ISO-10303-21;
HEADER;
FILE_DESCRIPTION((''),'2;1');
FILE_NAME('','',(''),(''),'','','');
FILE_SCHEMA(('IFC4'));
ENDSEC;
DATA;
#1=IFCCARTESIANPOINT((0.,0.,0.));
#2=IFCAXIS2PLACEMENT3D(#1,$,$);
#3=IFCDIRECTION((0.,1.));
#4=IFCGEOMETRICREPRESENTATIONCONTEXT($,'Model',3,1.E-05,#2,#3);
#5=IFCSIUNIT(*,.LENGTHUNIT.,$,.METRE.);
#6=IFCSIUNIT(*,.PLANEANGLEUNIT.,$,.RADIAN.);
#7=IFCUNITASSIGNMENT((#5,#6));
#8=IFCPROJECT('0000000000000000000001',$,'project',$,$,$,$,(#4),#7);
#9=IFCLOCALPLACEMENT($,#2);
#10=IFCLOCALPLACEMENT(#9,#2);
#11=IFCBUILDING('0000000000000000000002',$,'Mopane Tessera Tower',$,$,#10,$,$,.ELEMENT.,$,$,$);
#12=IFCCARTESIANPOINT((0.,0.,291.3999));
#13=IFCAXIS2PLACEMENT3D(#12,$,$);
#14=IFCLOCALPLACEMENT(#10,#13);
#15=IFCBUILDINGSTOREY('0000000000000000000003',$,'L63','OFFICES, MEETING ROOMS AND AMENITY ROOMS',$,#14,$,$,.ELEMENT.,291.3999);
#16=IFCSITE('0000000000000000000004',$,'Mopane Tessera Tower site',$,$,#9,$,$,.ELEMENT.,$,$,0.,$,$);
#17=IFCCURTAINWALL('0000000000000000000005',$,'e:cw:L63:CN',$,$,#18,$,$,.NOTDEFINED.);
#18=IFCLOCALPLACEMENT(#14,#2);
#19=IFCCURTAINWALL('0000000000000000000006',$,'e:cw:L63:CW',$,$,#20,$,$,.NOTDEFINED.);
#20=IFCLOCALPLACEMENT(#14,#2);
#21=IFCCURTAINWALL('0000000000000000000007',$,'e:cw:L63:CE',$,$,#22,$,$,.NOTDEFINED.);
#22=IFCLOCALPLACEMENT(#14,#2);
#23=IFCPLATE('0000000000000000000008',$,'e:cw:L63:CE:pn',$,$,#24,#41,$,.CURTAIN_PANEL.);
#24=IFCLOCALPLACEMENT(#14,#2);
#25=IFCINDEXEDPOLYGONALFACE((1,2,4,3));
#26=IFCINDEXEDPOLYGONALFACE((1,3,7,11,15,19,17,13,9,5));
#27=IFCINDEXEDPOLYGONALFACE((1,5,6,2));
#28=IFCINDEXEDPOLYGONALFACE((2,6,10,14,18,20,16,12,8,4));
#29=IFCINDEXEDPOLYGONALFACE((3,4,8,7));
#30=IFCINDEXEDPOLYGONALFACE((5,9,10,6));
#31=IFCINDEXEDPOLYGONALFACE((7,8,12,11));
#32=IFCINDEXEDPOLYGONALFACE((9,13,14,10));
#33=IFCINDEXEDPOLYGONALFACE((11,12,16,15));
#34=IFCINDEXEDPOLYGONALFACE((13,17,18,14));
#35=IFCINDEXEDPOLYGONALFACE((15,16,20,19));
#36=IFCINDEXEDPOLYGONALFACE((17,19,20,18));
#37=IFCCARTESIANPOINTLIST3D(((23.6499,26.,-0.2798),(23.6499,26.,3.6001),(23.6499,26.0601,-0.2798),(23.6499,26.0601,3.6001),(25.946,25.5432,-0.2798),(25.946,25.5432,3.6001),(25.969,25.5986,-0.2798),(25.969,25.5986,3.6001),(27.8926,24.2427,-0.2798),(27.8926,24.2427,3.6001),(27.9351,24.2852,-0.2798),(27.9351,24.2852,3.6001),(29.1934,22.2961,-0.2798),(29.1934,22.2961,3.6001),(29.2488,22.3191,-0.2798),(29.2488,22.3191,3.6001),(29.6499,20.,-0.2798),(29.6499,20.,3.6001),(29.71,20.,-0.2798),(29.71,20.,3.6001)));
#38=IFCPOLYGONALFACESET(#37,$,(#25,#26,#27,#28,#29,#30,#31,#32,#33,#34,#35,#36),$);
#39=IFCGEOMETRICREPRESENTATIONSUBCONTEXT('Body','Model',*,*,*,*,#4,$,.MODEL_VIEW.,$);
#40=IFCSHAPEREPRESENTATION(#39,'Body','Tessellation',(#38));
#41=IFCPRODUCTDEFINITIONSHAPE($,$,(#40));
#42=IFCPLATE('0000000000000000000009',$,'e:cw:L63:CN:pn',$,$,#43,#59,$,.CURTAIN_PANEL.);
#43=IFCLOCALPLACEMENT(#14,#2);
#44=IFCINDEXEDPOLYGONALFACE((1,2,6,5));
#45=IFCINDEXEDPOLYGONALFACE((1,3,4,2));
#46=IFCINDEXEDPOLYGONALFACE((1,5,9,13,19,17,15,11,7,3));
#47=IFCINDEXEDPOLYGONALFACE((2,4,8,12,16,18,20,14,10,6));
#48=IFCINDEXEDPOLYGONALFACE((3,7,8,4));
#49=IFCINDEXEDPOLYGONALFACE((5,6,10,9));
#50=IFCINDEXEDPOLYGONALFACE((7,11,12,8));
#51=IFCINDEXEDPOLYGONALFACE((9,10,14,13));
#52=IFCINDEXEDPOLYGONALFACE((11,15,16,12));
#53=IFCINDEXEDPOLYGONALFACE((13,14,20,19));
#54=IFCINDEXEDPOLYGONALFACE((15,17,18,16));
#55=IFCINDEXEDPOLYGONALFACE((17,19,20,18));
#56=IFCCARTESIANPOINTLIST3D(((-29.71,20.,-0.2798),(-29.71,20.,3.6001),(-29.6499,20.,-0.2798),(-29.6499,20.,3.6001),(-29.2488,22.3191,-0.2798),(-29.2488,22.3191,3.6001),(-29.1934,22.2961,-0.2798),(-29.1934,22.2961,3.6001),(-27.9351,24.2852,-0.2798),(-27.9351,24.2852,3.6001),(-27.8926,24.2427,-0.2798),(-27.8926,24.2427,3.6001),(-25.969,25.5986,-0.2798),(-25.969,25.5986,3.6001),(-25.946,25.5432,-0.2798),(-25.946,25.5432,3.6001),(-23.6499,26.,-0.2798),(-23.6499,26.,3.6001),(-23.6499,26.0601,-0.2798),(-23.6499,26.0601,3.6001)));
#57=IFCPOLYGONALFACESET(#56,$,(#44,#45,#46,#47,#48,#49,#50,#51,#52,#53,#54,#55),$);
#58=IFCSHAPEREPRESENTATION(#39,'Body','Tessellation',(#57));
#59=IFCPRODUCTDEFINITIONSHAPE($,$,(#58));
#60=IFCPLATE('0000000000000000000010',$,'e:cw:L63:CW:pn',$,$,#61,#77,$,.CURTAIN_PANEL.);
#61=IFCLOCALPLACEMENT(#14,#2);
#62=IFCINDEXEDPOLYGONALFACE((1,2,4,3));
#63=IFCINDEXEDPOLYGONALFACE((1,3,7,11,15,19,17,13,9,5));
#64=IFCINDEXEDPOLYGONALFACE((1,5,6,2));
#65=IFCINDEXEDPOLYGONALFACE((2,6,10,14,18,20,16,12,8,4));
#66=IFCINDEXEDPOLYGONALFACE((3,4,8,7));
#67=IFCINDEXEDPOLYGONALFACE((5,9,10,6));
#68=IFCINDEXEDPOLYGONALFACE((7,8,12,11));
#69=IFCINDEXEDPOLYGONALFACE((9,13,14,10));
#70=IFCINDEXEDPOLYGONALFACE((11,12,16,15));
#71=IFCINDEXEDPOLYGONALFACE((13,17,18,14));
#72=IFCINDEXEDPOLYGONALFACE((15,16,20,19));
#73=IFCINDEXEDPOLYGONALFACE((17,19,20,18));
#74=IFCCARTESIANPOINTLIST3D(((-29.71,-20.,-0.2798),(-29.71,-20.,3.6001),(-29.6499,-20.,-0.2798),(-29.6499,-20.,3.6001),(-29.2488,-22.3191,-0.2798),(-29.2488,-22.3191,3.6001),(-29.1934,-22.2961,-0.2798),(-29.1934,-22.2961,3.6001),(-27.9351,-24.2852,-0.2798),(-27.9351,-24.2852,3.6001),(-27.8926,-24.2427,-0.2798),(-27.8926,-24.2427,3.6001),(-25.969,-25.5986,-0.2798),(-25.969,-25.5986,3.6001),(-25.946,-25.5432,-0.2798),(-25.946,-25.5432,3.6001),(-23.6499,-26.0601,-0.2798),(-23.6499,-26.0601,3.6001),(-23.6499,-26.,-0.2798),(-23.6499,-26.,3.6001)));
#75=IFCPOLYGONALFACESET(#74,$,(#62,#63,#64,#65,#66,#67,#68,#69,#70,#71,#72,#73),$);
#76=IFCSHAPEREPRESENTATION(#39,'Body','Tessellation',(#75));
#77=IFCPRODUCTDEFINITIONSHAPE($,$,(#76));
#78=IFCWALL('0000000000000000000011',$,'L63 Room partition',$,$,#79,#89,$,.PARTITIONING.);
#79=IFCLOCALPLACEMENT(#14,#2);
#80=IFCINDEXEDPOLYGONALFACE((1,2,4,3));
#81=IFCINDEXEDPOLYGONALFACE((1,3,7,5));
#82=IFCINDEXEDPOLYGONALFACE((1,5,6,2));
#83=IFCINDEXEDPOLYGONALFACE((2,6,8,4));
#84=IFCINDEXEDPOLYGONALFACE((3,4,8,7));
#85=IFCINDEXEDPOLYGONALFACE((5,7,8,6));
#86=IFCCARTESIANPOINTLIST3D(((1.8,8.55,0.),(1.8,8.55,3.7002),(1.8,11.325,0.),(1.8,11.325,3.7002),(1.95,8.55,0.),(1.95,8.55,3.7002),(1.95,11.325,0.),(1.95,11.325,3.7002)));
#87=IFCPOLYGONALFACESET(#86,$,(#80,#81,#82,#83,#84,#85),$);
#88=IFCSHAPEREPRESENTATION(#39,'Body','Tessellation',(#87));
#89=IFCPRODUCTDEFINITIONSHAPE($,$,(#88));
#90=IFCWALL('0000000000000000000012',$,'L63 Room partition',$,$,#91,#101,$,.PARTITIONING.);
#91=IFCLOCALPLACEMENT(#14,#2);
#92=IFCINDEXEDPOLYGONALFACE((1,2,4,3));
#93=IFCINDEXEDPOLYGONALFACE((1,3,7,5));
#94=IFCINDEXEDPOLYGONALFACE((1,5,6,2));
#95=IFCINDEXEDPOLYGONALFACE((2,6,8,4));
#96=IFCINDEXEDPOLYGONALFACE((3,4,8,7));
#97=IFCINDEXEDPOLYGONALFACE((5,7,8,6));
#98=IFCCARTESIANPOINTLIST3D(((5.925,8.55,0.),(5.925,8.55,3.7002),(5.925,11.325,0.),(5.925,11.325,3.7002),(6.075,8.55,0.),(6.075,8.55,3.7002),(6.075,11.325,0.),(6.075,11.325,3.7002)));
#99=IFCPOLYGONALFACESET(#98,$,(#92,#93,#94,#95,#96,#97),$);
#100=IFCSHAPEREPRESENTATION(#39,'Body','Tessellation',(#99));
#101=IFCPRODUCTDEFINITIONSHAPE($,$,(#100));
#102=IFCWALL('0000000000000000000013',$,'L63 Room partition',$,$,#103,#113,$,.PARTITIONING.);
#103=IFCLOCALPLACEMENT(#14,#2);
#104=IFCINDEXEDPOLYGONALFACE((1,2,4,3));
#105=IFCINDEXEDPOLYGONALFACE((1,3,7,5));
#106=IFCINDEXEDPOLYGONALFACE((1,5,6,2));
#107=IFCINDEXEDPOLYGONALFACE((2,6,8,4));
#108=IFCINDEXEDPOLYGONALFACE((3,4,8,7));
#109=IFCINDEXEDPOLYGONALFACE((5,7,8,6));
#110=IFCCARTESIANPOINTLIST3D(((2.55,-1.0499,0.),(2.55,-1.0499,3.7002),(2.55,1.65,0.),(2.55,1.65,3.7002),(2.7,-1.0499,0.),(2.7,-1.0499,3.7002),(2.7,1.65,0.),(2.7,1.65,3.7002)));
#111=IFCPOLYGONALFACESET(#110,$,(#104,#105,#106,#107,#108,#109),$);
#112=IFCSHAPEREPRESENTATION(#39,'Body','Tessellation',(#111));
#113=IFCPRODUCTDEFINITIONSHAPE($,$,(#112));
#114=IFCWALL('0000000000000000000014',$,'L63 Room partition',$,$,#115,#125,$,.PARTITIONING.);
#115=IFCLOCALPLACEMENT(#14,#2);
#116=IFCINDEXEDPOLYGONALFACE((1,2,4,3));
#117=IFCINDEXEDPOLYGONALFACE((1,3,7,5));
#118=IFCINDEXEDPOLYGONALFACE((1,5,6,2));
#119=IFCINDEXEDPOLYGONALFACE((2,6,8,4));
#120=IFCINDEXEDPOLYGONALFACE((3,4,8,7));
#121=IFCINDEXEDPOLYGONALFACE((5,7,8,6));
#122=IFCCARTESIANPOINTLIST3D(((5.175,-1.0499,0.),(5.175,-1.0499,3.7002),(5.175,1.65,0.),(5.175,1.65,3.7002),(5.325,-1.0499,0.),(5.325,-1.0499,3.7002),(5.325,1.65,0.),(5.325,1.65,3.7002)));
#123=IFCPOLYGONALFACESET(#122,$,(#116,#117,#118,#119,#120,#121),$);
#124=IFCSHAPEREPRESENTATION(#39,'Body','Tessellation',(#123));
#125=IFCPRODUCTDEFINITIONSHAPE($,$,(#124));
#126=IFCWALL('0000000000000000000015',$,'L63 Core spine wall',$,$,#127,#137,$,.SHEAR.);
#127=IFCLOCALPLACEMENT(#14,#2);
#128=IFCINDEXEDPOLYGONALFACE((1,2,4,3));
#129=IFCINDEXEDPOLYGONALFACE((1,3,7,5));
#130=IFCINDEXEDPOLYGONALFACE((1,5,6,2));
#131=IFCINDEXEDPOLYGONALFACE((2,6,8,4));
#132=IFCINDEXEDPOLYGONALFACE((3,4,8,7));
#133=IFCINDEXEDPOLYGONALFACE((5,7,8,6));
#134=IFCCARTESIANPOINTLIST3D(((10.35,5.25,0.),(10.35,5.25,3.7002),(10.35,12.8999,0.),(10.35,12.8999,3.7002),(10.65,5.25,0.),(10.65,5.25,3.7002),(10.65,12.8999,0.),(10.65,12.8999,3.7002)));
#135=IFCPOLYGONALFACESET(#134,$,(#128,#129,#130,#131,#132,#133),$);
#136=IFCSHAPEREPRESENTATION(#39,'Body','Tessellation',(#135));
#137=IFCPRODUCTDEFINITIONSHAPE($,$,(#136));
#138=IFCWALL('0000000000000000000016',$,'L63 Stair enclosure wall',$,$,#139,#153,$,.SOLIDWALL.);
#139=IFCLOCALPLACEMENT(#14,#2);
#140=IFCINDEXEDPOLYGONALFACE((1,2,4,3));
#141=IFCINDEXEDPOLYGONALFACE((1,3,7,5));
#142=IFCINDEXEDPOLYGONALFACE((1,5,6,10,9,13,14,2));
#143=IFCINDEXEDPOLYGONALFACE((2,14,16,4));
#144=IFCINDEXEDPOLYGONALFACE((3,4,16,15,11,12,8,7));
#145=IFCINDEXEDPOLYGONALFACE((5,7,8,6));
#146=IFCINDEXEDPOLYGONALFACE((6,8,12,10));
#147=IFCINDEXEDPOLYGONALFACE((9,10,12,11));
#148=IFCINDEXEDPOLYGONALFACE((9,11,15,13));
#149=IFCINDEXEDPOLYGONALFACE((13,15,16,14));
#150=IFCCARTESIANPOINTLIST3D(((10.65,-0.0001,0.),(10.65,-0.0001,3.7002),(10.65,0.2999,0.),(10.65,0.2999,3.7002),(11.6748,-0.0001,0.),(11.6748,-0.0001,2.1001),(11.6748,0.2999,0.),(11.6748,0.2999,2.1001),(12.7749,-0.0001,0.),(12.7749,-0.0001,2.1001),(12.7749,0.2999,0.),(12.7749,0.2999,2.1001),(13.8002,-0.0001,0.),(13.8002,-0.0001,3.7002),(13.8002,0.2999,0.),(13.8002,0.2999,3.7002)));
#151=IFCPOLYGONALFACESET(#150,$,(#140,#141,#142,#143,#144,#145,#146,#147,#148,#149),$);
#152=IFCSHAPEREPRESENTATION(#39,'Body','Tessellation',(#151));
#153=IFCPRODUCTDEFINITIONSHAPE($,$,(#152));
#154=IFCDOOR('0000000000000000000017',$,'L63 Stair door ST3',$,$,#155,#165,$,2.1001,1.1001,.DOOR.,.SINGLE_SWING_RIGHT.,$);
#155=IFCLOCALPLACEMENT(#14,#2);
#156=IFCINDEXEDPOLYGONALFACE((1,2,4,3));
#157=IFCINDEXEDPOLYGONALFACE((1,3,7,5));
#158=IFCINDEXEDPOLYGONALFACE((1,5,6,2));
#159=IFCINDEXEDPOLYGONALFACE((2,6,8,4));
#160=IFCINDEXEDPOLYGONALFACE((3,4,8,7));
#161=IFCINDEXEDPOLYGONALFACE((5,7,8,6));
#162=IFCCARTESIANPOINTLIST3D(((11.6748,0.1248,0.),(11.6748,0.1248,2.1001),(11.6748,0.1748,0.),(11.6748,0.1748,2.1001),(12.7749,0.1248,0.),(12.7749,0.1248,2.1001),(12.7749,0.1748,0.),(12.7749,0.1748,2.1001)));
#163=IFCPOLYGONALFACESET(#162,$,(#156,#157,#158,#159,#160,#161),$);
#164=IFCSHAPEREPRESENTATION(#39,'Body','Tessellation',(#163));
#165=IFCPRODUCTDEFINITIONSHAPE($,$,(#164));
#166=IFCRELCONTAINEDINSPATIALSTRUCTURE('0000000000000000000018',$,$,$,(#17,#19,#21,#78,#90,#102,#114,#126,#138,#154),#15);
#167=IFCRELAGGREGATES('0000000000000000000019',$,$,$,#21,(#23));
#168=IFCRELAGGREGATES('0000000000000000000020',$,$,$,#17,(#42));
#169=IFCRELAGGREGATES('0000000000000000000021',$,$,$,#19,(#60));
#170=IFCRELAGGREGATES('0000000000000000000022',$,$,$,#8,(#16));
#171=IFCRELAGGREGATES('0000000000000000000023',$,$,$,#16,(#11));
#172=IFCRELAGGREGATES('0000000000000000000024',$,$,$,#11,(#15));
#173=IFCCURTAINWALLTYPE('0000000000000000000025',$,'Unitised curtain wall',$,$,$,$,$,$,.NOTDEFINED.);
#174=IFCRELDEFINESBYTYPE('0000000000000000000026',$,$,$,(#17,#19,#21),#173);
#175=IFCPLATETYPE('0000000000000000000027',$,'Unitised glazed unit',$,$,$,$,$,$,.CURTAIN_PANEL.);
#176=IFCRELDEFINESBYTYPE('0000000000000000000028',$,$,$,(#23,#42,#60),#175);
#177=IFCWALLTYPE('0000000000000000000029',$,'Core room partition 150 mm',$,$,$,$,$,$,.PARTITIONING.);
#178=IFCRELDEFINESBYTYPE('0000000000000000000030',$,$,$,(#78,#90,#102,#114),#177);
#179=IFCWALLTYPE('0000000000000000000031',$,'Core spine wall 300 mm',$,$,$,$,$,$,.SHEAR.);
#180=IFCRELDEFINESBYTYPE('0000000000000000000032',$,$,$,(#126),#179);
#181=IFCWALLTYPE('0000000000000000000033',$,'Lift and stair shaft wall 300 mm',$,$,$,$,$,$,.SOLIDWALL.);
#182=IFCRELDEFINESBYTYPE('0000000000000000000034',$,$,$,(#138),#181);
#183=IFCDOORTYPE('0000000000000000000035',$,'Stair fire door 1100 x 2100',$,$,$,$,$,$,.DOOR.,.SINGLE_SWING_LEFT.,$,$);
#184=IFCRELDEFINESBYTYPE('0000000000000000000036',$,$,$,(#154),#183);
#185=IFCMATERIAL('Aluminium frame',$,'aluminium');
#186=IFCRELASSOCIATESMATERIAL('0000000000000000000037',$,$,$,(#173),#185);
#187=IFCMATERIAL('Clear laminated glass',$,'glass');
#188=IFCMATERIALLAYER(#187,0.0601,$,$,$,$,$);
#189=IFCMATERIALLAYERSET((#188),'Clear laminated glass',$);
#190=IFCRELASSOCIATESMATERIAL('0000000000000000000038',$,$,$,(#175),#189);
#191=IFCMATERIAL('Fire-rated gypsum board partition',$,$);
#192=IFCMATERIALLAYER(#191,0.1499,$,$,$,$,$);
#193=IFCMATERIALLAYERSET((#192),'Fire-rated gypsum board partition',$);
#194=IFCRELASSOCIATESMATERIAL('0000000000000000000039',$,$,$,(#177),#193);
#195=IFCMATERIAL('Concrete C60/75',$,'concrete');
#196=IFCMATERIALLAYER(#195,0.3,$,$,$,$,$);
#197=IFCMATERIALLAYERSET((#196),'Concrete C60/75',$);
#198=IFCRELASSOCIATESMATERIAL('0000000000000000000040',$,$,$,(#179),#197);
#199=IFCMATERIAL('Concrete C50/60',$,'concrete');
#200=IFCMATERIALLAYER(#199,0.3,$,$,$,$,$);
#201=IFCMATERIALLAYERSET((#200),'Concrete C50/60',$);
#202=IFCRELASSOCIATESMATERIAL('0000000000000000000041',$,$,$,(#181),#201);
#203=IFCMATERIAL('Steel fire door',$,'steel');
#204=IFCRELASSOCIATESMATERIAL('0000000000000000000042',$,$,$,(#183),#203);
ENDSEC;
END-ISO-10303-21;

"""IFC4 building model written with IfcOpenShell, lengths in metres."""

from ifc_helpers import new_model, si_unit, direction, frame, frame_2d, origin, place, context, subcontext, project, spatial, polyline, rectangle, outline, extrude, material, layer, layer_set, type_object, element, fill, aggregate, save


model = new_model("IFC4")

# Units and contexts
model_context = context("Model", 3, precision=1e-05, world=origin(), true_north=direction((0.0, 1.0)))
body_context = subcontext(model_context, "Body", "Model", "MODEL_VIEW")
ifc_project = project(units=[si_unit("LENGTHUNIT", "METRE"), si_unit("PLANEANGLEUNIT", "RADIAN")], contexts=[model_context])

# Site, building, storey
site_placement = place(None, origin())
site = spatial("IfcSite", under=ifc_project, at=site_placement, Name="Mopane Tessera Tower site", CompositionType="ELEMENT", RefElevation=0.0)
building_placement = place(site_placement, origin())
building = spatial("IfcBuilding", under=site, at=building_placement, Name="Mopane Tessera Tower", CompositionType="ELEMENT")
storey_placement = place(building_placement, frame((0.0, 0.0, 291.3999)))
storey = spatial("IfcBuildingStorey", under=building, at=storey_placement, Name="L63", Description="OFFICES, MEETING ROOMS AND AMENITY ROOMS", CompositionType="ELEMENT", Elevation=291.3999)

# Curtain walls
ifc_material_1 = material(Name="Aluminium frame", Category="aluminium")
curtain_wall_type = type_object("IfcCurtainWallType", Name="Unitised curtain wall", PredefinedType="NOTDEFINED", material=ifc_material_1)
curtain_wall_1_placement = place(storey_placement, origin())
curtain_wall_1 = element("IfcCurtainWall", 1, at=curtain_wall_1_placement, inside=storey, type_object=curtain_wall_type, Name="e:cw:L63:CN", PredefinedType="NOTDEFINED")
curtain_wall_2_placement = place(storey_placement, origin())
curtain_wall_2 = element("IfcCurtainWall", 2, at=curtain_wall_2_placement, inside=storey, type_object=curtain_wall_type, Name="e:cw:L63:CW", PredefinedType="NOTDEFINED")

# Curtain wall, plate
curtain_wall_3_placement = place(storey_placement, origin())
curtain_wall_3 = element("IfcCurtainWall", 3, at=curtain_wall_3_placement, inside=storey, type_object=curtain_wall_type, Name="e:cw:L63:CE", PredefinedType="NOTDEFINED")
ifc_material_2 = material(Name="Clear laminated glass", Category="glass")
ifc_layer_1 = layer(ifc_material_2, 0.0601)
ifc_layer_set_1 = layer_set([ifc_layer_1], Name="Clear laminated glass")
plate_type = type_object("IfcPlateType", Name="Unitised glazed unit", PredefinedType="CURTAIN_PANEL", material=ifc_layer_set_1)
plate_1_placement = place(storey_placement, frame((0.0, 0.0, -0.2798)))
plate_1 = element("IfcPlate", 4, at=plate_1_placement, type_object=plate_type, Name="e:cw:L63:CE:pn", PredefinedType="CURTAIN_PANEL", context=body_context, shape_type="SweptSolid", body=[
    extrude(outline(polyline([(29.6499, 20.0), (29.1934, 22.2961), (27.8926, 24.2427), (25.946, 25.5432), (23.6499, 26.0), (23.6499, 26.0601), (25.969, 25.5986), (27.9351, 24.2852), (29.2488, 22.3191), (29.71, 20.0), (29.6499, 20.0)])), origin(), (0.0, 0.0, 1.0), 3.8799),
])
aggregate(curtain_wall_3, [plate_1])

# Plates
plate_2_placement = place(storey_placement, frame((0.0, 0.0, -0.2798)))
plate_2 = element("IfcPlate", 5, at=plate_2_placement, type_object=plate_type, Name="e:cw:L63:CN:pn", PredefinedType="CURTAIN_PANEL", context=body_context, shape_type="SweptSolid", body=[
    extrude(outline(polyline([(-23.6499, 26.0), (-25.946, 25.5432), (-27.8926, 24.2427), (-29.1934, 22.2961), (-29.6499, 20.0), (-29.71, 20.0), (-29.2488, 22.3191), (-27.9351, 24.2852), (-25.969, 25.5986), (-23.6499, 26.0601), (-23.6499, 26.0)])), origin(), (0.0, 0.0, 1.0), 3.8799),
])
aggregate(curtain_wall_1, [plate_2])
plate_3_placement = place(storey_placement, frame((0.0, 0.0, -0.2798)))
plate_3 = element("IfcPlate", 6, at=plate_3_placement, type_object=plate_type, Name="e:cw:L63:CW:pn", PredefinedType="CURTAIN_PANEL", context=body_context, shape_type="SweptSolid", body=[
    extrude(outline(polyline([(-29.6499, -20.0), (-29.1934, -22.2961), (-27.8926, -24.2427), (-25.946, -25.5432), (-23.6499, -26.0), (-23.6499, -26.0601), (-25.969, -25.5986), (-27.9351, -24.2852), (-29.2488, -22.3191), (-29.71, -20.0), (-29.6499, -20.0)])), origin(), (0.0, 0.0, 1.0), 3.8799),
])
aggregate(curtain_wall_2, [plate_3])

# Walls
ifc_material_3 = material(Name="Fire-rated gypsum board partition")
ifc_layer_2 = layer(ifc_material_3, 0.1499)
ifc_layer_set_2 = layer_set([ifc_layer_2], Name="Fire-rated gypsum board partition")
wall_type_1 = type_object("IfcWallType", Name="Core room partition 150 mm", PredefinedType="PARTITIONING", material=ifc_layer_set_2)
for number, where, z_axis, x_axis, name in (
    (7, (1.875, 8.55, 0.0), (0.0, 0.0, 1.0), (0.0, 1.0, 0.0), "L63 Room partition"),
    (8, (6.0, 8.55, 0.0), (0.0, 0.0, 1.0), (0.0, 1.0, 0.0), "L63 Room partition"),
):
    element("IfcWall", number, at=place(storey_placement, frame(where, z_axis=z_axis, x_axis=x_axis)), inside=storey, type_object=wall_type_1, Name=name, PredefinedType="PARTITIONING", context=body_context, shape_type="SweptSolid", body=[
        extrude(rectangle(XDim=2.7749, YDim=0.1499, at=frame_2d((1.3875, 0.0))), origin(), (0.0, 0.0, 1.0), 3.7002),
    ])
for number, where, z_axis, x_axis, name in (
    (9, (2.625, -1.05, 0.0), (0.0, 0.0, 1.0), (0.0, 1.0, 0.0), "L63 Room partition"),
    (10, (5.25, -1.05, 0.0), (0.0, 0.0, 1.0), (0.0, 1.0, 0.0), "L63 Room partition"),
):
    element("IfcWall", number, at=place(storey_placement, frame(where, z_axis=z_axis, x_axis=x_axis)), inside=storey, type_object=wall_type_1, Name=name, PredefinedType="PARTITIONING", context=body_context, shape_type="SweptSolid", body=[
        extrude(rectangle(XDim=2.7, YDim=0.1499, at=frame_2d((1.3501, 0.0))), origin(), (0.0, 0.0, 1.0), 3.7002),
    ])
ifc_material_4 = material(Name="Concrete C60/75", Category="concrete")
ifc_layer_3 = layer(ifc_material_4, 0.3)
ifc_layer_set_3 = layer_set([ifc_layer_3], Name="Concrete C60/75")
wall_type_2 = type_object("IfcWallType", Name="Core spine wall 300 mm", PredefinedType="SHEAR", material=ifc_layer_set_3)
wall_1_placement = place(storey_placement, frame((10.5, 5.25, 0.0), z_axis=(0.0, 0.0, 1.0), x_axis=(0.0, 1.0, 0.0)))
element("IfcWall", 11, at=wall_1_placement, inside=storey, type_object=wall_type_2, Name="L63 Core spine wall", PredefinedType="SHEAR", context=body_context, shape_type="SweptSolid", body=[
    extrude(rectangle(XDim=7.6499, YDim=0.3, at=frame_2d((3.825, 0.0))), origin(), (0.0, 0.0, 1.0), 3.7002),
])

# Wall, opening, door
ifc_material_5 = material(Name="Concrete C50/60", Category="concrete")
ifc_layer_4 = layer(ifc_material_5, 0.3)
ifc_layer_set_4 = layer_set([ifc_layer_4], Name="Concrete C50/60")
wall_type_3 = type_object("IfcWallType", Name="Lift and stair shaft wall 300 mm", PredefinedType="SOLIDWALL", material=ifc_layer_set_4)
wall_2_placement = place(storey_placement, frame((10.6499, 0.1499, 0.0), z_axis=(0.0, 0.0, 1.0), x_axis=(1.0, 0.0, 0.0)))
wall_2 = element("IfcWall", 12, at=wall_2_placement, inside=storey, type_object=wall_type_3, Name="L63 Stair enclosure wall", PredefinedType="SOLIDWALL", context=body_context, shape_type="SweptSolid", body=[
    extrude(rectangle(XDim=3.1501, YDim=0.3, at=frame_2d((1.5752, 0.0))), origin(), (0.0, 0.0, 1.0), 3.7002),
])
opening_1_placement = place(wall_2_placement, frame((1.0249, 0.0, 0.0)))
opening_1 = element("IfcOpeningElement", 13, at=opening_1_placement, cuts=wall_2, PredefinedType="OPENING", context=body_context, shape_type="SweptSolid", body=[
    extrude(rectangle(XDim=1.1001, YDim=2.1001, at=frame_2d((0.55, 1.05))), frame((0.0, 0.1621, 0.0), z_axis=(0.0, -1.0, 0.0), x_axis=(1.0, 0.0, 0.0)), (0.0, 0.0, 1.0), 0.324),
])
ifc_material_6 = material(Name="Steel fire door", Category="steel")
door_type = type_object("IfcDoorType", Name="Stair fire door 1100 x 2100", OperationType="SINGLE_SWING_LEFT", PredefinedType="DOOR", material=ifc_material_6)
door_1_placement = place(opening_1_placement, origin())
door_1 = element("IfcDoor", 14, at=door_1_placement, inside=storey, type_object=door_type, Name="L63 Stair door ST3", OperationType="SINGLE_SWING_RIGHT", OverallHeight=2.1001, OverallWidth=1.1001, PredefinedType="DOOR", context=body_context, shape_type="SweptSolid", body=[
    extrude(rectangle(XDim=1.1001, YDim=2.1001, at=frame_2d((0.55, 1.05))), frame((0.0, 0.0249, 0.0), z_axis=(0.0, -1.0, 0.0), x_axis=(1.0, 0.0, 0.0)), (0.0, 0.0, 1.0), 0.05),
])
fill(opening_1, door_1)

save(model, "model.ifc")
